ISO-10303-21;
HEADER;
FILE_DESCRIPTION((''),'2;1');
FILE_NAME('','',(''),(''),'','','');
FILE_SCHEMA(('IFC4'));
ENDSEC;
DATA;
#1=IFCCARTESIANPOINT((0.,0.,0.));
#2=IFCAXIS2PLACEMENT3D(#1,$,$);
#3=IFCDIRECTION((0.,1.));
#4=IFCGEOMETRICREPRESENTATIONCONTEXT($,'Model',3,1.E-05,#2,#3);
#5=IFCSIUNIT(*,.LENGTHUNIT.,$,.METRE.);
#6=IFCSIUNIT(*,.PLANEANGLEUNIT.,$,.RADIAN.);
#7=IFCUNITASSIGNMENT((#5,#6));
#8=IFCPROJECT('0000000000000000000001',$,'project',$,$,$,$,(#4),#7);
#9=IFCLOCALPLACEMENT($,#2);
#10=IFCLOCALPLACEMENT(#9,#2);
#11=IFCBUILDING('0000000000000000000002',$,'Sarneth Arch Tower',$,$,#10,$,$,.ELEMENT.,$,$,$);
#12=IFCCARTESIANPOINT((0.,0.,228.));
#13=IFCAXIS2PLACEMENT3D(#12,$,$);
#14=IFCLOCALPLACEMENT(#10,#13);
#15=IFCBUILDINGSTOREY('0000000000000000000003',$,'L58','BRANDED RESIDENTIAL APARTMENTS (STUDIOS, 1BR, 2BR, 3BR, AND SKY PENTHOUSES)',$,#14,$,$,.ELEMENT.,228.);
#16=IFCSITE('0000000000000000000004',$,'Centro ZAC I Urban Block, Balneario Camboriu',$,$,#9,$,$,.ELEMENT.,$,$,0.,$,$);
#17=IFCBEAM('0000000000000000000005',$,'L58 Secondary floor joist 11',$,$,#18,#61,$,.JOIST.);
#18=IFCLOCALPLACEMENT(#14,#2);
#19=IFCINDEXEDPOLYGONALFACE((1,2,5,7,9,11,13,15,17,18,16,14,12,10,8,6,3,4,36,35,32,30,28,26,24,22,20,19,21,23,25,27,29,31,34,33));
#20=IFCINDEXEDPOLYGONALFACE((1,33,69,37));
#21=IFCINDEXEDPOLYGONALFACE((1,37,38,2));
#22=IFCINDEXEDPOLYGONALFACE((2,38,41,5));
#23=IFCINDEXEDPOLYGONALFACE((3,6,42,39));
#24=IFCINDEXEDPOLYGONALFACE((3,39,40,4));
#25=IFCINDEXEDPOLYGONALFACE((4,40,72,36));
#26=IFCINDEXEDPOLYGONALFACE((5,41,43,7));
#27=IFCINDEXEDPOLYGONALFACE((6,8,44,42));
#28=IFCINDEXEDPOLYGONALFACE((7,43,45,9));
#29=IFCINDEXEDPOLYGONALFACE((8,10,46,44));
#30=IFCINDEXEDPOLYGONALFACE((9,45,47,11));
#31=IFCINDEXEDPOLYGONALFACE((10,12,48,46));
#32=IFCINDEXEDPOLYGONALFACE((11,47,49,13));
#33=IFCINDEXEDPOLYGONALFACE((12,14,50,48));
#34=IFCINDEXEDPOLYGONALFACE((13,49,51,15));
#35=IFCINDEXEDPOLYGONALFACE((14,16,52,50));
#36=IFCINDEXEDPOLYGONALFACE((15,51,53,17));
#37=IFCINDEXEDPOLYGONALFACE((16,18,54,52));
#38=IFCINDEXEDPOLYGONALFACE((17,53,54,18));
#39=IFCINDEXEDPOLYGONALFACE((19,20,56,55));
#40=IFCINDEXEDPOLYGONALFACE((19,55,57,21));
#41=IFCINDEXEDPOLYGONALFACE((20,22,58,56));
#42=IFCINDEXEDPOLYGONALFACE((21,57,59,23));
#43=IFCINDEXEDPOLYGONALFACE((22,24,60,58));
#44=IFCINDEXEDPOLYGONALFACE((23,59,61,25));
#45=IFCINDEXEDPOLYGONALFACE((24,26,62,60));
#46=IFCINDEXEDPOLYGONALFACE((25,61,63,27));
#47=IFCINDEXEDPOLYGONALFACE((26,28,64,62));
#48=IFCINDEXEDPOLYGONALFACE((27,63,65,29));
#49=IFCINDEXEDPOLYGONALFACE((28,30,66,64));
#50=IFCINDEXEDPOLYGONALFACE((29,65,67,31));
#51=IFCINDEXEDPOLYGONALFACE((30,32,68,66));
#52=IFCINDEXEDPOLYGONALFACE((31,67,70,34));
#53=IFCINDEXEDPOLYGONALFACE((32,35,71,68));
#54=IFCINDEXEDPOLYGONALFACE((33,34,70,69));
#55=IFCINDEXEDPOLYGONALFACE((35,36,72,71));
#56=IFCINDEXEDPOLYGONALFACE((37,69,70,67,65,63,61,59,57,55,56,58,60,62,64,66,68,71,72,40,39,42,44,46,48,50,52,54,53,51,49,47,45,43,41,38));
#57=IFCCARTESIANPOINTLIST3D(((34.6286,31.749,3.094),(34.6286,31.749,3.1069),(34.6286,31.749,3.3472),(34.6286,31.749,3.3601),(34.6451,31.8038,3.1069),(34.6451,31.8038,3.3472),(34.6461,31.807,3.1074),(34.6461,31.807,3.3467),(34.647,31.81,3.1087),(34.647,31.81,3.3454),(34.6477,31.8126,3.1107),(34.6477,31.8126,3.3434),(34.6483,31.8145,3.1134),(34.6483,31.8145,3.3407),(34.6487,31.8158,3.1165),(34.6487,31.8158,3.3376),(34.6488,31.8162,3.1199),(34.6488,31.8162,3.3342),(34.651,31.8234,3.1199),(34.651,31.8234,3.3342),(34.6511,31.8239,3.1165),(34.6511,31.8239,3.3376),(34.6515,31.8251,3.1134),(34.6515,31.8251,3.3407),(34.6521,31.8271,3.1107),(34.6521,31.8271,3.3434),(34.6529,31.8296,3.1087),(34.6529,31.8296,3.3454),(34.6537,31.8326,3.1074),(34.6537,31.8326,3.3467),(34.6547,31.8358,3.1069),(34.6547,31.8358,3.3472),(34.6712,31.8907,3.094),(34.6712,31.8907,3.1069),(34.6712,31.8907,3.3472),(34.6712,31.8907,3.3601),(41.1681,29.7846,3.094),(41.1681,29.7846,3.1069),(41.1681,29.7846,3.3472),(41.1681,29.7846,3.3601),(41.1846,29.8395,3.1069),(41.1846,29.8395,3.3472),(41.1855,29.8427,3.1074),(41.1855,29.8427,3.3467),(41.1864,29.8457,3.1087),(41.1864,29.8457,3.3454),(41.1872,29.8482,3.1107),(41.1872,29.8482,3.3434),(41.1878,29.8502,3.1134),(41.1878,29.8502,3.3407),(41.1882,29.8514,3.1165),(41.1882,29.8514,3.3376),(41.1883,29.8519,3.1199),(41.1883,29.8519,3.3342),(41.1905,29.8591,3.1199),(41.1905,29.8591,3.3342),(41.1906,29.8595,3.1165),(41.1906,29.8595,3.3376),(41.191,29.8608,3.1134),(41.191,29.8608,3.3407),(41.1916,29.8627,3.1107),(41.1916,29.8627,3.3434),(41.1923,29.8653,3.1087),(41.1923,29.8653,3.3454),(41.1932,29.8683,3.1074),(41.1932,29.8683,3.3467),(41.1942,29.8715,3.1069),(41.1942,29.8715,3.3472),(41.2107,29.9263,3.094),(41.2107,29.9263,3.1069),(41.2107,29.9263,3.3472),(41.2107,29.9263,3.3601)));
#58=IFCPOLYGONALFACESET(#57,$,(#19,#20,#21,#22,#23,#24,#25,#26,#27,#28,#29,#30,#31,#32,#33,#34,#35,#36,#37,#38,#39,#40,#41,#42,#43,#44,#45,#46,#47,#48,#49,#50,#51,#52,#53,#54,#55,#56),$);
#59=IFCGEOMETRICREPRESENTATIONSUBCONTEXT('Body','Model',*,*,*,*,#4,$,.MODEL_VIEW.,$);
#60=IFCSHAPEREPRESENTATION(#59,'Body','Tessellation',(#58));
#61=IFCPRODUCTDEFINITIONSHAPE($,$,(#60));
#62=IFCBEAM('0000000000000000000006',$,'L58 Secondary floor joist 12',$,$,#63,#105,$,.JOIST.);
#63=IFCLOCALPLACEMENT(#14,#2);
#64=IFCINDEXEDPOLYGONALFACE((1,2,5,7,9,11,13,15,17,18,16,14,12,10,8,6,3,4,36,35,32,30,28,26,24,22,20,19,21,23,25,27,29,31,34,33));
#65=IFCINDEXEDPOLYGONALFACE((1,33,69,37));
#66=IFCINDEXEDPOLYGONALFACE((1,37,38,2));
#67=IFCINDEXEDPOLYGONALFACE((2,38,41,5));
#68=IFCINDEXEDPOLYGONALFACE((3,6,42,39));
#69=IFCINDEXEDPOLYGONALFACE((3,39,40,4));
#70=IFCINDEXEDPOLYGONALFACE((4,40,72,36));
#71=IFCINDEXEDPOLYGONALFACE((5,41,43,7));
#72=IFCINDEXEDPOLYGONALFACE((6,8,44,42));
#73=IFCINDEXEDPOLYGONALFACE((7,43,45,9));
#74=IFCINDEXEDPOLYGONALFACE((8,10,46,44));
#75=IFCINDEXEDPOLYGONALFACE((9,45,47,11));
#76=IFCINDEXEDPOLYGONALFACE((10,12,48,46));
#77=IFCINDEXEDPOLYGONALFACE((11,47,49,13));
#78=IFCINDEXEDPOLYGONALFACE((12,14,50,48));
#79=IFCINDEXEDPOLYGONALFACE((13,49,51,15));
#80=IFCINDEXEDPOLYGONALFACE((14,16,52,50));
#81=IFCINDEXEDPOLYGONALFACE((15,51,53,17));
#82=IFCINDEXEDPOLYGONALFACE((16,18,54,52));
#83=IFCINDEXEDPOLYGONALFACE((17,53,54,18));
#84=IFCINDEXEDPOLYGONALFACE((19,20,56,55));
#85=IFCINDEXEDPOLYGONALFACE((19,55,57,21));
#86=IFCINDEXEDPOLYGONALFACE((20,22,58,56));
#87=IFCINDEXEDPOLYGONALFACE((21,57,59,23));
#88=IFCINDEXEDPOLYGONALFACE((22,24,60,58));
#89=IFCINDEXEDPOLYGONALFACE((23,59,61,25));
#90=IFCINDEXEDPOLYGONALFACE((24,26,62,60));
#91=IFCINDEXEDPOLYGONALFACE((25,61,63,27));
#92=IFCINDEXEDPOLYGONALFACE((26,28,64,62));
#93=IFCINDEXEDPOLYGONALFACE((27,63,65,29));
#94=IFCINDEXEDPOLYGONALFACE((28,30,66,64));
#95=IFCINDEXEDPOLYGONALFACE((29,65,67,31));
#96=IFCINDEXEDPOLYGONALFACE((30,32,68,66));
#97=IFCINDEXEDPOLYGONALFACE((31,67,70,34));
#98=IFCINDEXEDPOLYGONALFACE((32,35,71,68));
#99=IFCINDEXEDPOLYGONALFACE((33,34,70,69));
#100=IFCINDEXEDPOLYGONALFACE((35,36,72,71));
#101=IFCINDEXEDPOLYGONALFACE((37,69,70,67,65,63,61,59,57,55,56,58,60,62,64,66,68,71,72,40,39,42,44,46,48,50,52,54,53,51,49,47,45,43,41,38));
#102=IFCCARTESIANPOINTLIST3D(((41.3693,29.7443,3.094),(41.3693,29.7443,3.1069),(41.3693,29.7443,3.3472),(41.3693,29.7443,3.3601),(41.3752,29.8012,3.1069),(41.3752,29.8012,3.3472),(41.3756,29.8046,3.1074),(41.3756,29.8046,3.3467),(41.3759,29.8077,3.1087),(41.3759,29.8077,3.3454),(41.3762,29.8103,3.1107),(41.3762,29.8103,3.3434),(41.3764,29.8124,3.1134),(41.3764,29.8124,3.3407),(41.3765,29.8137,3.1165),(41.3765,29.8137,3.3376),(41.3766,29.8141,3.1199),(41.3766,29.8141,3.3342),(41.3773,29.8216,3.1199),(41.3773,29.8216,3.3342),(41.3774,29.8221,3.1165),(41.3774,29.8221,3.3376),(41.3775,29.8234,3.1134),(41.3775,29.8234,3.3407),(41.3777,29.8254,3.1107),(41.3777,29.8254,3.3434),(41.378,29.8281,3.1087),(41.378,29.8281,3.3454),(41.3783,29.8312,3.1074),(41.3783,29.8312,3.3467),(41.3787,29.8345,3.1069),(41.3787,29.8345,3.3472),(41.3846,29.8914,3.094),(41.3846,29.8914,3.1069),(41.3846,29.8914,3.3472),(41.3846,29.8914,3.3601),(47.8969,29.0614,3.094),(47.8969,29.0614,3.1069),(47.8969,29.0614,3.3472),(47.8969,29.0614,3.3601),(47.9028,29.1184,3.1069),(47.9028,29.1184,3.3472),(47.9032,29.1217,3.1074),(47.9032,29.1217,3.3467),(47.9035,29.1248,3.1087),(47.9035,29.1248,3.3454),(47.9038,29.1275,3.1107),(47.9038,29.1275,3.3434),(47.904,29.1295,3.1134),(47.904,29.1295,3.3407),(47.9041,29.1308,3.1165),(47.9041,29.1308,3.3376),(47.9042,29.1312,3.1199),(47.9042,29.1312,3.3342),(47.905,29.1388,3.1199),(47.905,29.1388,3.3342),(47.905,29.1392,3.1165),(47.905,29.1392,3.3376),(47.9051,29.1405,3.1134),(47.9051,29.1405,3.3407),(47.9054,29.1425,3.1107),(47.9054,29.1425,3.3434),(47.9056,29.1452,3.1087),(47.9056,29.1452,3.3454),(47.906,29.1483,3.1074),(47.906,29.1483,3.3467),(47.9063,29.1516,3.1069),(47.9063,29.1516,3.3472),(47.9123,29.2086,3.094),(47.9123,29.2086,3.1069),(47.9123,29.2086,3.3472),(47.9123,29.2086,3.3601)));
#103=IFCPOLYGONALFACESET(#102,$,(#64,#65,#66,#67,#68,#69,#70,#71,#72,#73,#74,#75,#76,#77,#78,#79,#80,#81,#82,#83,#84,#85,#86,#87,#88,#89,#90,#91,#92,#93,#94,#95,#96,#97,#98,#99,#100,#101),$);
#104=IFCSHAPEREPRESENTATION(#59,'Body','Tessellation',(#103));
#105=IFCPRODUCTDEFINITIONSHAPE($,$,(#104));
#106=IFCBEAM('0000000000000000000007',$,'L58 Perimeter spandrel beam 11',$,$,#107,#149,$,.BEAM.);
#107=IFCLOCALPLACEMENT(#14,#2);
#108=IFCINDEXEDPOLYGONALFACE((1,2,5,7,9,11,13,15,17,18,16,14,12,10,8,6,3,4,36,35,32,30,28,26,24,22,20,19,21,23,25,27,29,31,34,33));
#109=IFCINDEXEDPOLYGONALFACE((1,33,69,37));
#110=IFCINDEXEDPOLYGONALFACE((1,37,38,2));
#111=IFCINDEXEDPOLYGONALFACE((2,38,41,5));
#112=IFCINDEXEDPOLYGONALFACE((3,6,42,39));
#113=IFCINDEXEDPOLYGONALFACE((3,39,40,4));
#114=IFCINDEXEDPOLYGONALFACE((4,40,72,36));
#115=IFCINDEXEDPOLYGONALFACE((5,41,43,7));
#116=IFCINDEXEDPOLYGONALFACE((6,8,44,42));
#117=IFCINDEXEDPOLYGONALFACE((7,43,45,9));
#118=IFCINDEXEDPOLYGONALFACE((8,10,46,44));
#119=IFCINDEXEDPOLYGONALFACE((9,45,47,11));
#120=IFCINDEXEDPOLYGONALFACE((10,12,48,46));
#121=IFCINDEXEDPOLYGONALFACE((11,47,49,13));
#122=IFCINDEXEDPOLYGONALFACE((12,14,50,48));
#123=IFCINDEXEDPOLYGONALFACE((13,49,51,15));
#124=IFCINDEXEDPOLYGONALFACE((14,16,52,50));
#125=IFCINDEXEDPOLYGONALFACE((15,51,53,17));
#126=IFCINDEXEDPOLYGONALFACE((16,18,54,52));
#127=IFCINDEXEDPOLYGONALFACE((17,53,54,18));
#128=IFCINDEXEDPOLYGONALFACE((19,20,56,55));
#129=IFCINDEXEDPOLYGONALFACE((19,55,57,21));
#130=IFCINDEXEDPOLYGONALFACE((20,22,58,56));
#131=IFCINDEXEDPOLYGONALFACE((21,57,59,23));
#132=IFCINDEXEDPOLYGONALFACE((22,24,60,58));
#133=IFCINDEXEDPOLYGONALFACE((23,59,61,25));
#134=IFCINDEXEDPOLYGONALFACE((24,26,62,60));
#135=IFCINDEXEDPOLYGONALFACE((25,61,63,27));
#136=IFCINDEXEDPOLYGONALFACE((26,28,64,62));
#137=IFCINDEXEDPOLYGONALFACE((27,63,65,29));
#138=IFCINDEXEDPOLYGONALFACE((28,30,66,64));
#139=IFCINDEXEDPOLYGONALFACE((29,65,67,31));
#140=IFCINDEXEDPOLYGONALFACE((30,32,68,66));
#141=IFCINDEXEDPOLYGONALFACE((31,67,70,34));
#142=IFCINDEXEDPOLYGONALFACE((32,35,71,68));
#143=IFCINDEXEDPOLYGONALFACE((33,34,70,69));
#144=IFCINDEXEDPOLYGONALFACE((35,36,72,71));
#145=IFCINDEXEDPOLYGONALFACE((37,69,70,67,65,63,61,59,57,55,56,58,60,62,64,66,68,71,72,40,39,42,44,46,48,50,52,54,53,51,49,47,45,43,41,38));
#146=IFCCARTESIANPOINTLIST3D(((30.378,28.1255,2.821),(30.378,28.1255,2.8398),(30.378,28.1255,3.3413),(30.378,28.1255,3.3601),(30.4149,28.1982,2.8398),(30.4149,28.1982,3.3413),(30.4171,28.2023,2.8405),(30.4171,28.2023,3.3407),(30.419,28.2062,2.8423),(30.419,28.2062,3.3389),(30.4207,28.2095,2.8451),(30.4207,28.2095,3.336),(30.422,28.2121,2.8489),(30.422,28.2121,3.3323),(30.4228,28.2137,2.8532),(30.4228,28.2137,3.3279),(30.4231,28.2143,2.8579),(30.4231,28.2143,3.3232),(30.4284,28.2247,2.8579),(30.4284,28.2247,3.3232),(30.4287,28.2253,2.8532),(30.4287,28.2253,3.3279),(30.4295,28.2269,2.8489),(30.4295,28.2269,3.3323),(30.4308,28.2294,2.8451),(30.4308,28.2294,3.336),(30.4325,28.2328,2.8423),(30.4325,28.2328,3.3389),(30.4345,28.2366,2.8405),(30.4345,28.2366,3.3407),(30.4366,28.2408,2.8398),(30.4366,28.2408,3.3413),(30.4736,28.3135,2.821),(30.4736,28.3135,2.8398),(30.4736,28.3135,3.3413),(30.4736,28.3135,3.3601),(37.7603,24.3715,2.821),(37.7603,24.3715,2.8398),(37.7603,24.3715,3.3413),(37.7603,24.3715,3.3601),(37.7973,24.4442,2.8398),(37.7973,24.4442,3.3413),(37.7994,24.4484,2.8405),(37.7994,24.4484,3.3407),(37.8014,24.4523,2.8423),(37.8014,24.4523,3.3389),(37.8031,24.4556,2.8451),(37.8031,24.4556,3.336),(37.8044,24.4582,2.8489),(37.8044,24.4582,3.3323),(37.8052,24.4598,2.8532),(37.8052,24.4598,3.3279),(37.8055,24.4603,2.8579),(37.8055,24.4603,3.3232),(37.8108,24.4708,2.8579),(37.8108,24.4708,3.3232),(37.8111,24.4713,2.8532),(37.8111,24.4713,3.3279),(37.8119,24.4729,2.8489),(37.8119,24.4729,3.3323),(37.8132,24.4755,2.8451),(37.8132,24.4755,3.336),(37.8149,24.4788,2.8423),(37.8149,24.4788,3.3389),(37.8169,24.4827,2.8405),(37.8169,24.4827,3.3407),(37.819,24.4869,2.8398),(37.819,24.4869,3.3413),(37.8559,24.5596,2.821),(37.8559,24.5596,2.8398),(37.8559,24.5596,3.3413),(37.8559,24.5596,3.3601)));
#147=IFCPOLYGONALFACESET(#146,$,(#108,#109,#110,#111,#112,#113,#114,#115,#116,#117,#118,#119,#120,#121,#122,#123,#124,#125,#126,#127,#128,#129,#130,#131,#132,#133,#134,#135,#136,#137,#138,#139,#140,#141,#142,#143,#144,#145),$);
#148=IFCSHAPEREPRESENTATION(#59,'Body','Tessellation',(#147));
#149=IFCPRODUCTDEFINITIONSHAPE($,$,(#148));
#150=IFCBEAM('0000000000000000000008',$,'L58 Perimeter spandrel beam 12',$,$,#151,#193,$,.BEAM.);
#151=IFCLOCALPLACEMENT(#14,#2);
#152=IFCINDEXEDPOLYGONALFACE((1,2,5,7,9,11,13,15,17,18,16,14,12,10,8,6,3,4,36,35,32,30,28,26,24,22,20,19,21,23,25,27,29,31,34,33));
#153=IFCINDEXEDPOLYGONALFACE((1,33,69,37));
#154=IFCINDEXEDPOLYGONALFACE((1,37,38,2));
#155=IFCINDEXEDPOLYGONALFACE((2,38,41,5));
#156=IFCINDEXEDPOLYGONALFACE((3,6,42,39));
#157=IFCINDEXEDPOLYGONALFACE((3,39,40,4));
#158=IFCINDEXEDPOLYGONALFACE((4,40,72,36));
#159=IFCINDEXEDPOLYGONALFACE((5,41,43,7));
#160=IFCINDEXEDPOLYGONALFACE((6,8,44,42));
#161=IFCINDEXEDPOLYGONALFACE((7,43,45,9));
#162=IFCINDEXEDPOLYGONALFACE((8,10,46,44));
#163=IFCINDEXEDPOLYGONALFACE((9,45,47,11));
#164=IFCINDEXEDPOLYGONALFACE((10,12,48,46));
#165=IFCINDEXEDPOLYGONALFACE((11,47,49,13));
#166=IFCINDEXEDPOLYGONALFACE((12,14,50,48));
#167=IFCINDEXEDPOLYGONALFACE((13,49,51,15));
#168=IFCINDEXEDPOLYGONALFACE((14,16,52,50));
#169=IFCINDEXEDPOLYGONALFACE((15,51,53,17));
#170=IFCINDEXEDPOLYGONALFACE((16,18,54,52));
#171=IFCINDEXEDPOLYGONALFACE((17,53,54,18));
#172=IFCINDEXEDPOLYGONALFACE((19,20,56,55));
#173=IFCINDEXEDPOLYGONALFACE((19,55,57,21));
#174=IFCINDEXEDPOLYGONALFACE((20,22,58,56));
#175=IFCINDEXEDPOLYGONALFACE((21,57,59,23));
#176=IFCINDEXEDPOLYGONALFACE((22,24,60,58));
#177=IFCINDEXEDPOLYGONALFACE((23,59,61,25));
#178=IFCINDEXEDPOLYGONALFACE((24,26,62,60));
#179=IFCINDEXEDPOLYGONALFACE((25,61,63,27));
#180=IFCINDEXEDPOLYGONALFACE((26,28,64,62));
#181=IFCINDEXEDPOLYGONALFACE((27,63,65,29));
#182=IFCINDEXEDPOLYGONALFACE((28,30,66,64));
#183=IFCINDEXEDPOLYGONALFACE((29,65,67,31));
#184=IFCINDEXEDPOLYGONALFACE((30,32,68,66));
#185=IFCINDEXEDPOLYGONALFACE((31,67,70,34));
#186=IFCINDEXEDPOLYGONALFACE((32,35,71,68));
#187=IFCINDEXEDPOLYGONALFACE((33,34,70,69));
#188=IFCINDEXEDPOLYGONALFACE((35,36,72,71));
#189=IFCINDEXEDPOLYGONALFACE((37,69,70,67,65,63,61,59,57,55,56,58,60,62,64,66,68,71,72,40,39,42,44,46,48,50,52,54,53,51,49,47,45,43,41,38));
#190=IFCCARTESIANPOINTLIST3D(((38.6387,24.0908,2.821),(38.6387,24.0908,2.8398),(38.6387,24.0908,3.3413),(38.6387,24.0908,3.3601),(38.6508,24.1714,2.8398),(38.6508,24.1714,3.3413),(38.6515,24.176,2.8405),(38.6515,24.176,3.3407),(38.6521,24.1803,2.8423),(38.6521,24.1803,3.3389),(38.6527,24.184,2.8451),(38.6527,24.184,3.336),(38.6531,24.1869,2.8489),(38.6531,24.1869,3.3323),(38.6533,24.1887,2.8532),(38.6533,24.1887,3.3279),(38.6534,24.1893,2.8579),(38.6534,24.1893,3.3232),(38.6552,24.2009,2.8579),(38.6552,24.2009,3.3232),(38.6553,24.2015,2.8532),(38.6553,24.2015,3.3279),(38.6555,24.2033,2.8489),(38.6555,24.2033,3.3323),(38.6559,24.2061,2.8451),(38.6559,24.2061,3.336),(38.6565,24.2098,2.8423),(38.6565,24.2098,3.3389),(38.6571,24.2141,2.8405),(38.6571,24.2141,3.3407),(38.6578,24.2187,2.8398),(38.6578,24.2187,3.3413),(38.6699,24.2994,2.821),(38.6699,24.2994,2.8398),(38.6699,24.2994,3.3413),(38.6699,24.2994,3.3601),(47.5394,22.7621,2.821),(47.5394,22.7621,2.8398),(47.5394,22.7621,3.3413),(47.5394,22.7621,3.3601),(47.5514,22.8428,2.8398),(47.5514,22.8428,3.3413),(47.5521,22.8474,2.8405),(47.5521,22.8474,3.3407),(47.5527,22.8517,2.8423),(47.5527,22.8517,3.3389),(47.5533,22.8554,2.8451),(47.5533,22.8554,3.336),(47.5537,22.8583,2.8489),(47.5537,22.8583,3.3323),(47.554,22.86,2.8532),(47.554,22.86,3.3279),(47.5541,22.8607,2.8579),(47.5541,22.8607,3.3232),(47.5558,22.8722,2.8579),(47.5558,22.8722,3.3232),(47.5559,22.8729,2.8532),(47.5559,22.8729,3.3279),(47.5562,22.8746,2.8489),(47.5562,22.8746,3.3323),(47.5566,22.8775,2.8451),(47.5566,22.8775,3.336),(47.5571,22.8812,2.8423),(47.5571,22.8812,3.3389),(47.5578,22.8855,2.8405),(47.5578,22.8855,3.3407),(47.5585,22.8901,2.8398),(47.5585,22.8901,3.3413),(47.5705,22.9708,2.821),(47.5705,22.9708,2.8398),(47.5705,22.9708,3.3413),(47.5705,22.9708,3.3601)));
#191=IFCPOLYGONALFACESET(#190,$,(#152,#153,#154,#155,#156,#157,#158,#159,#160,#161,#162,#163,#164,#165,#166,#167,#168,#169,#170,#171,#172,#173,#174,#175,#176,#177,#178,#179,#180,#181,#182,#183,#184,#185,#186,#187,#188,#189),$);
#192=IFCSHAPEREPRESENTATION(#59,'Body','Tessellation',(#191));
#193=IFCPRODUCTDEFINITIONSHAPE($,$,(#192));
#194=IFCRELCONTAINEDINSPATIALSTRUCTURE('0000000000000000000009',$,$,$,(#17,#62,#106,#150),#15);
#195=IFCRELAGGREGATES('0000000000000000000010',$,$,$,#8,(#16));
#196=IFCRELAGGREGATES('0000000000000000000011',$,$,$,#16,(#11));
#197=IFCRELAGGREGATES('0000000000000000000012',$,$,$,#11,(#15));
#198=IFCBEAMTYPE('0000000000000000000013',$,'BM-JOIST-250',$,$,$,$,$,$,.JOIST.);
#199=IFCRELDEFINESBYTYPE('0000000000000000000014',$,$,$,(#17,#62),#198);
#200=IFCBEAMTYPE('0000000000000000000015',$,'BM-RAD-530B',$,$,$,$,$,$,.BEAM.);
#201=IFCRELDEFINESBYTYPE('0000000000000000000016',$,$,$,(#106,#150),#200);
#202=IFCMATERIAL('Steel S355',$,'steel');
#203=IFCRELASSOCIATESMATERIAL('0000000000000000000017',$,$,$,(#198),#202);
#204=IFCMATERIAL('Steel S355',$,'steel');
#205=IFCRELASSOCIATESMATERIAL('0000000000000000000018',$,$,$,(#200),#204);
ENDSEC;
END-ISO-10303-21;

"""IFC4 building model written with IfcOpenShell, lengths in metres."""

from ifc_helpers import new_model, si_unit, direction, frame, origin, origin_2d, place, context, subcontext, project, spatial, i_section, extrude, material, material_profile, profile_set, type_object, element, save


model = new_model("IFC4")

# Units and contexts
model_context = context("Model", 3, precision=1e-05, world=origin(), true_north=direction((0.0, 1.0)))
body_context = subcontext(model_context, "Body", "Model", "MODEL_VIEW")
ifc_project = project(units=[si_unit("LENGTHUNIT", "METRE"), si_unit("PLANEANGLEUNIT", "RADIAN")], contexts=[model_context])

# Site, building, storey
site_placement = place(None, origin())
site = spatial("IfcSite", under=ifc_project, at=site_placement, Name="Centro ZAC I Urban Block, Balneario Camboriu", CompositionType="ELEMENT", RefElevation=0.0)
building_placement = place(site_placement, origin())
building = spatial("IfcBuilding", under=site, at=building_placement, Name="Sarneth Arch Tower", CompositionType="ELEMENT")
storey_placement = place(building_placement, frame((0.0, 0.0, 228.0)))
storey = spatial("IfcBuildingStorey", under=building, at=storey_placement, Name="L58", Description="BRANDED RESIDENTIAL APARTMENTS (STUDIOS, 1BR, 2BR, 3BR, AND SKY PENTHOUSES)", CompositionType="ELEMENT", Elevation=228.0)

# Beams
ifc_material_1 = material(Name="Steel S355", Category="steel")
ifc_material_profile_1 = material_profile(ifc_material_1, i_section(OverallWidth=0.1479, OverallDepth=0.2661, WebThickness=0.0076, FlangeThickness=0.0129, FilletRadius=0.0129, at=origin_2d()), Name="W250x44.8")
ifc_profile_set_1 = profile_set([ifc_material_profile_1], Name="Steel S355")
beam_type_1 = type_object("IfcBeamType", Name="BM-JOIST-250", PredefinedType="JOIST", material=ifc_profile_set_1)
beam_1_placement = place(storey_placement, frame((34.6499, 31.8198, 3.2271), z_axis=(0.957726, -0.287682, 0.0), x_axis=(0.287682, 0.957726, 0.0)))
element("IfcBeam", 1, at=beam_1_placement, inside=storey, type_object=beam_type_1, Name="L58 Secondary floor joist 11", PredefinedType="JOIST", context=body_context, shape_type="SweptSolid", body=[
    extrude(i_section(OverallWidth=0.1479, OverallDepth=0.2661, WebThickness=0.0076, FlangeThickness=0.0129, FilletRadius=0.0129, at=origin_2d()), origin(), (0.0, 0.0, 1.0), 6.8281),
])
beam_2_placement = place(storey_placement, frame((41.377, 29.8179, 3.2271), z_axis=(0.994573, -0.104044, 0.0), x_axis=(0.104044, 0.994573, 0.0)))
element("IfcBeam", 2, at=beam_2_placement, inside=storey, type_object=beam_type_1, Name="L58 Secondary floor joist 12", PredefinedType="JOIST", context=body_context, shape_type="SweptSolid", body=[
    extrude(i_section(OverallWidth=0.1479, OverallDepth=0.2661, WebThickness=0.0076, FlangeThickness=0.0129, FilletRadius=0.0129, at=origin_2d()), origin(), (0.0, 0.0, 1.0), 6.5632),
])
ifc_material_2 = material(Name="Steel S355", Category="steel")
ifc_material_profile_2 = material_profile(ifc_material_2, i_section(OverallWidth=0.2109, OverallDepth=0.5391, WebThickness=0.0117, FlangeThickness=0.0188, FilletRadius=0.0181, at=origin_2d()), Name="W530x109")
ifc_profile_set_2 = profile_set([ifc_material_profile_2], Name="Steel S355")
beam_type_2 = type_object("IfcBeamType", Name="BM-RAD-530B", PredefinedType="BEAM", material=ifc_profile_set_2)
beam_3_placement = place(storey_placement, frame((30.4258, 28.2195, 3.0906), z_axis=(0.891376, -0.453264, 0.0), x_axis=(0.453264, 0.891376, 0.0)))
element("IfcBeam", 3, at=beam_3_placement, inside=storey, type_object=beam_type_2, Name="L58 Perimeter spandrel beam 11", PredefinedType="BEAM", context=body_context, shape_type="SweptSolid", body=[
    extrude(i_section(OverallWidth=0.2109, OverallDepth=0.5391, WebThickness=0.0117, FlangeThickness=0.0188, FilletRadius=0.0181, at=origin_2d()), origin(), (0.0, 0.0, 1.0), 8.282),
])
beam_4_placement = place(storey_placement, frame((38.6543, 24.1951, 3.0906), z_axis=(0.989042, -0.147636, 0.0), x_axis=(0.147636, 0.989042, 0.0)))
element("IfcBeam", 4, at=beam_4_placement, inside=storey, type_object=beam_type_2, Name="L58 Perimeter spandrel beam 12", PredefinedType="BEAM", context=body_context, shape_type="SweptSolid", body=[
    extrude(i_section(OverallWidth=0.2109, OverallDepth=0.5391, WebThickness=0.0117, FlangeThickness=0.0188, FilletRadius=0.0181, at=origin_2d()), origin(), (0.0, 0.0, 1.0), 8.9993),
])

save(model, "model.ifc")
